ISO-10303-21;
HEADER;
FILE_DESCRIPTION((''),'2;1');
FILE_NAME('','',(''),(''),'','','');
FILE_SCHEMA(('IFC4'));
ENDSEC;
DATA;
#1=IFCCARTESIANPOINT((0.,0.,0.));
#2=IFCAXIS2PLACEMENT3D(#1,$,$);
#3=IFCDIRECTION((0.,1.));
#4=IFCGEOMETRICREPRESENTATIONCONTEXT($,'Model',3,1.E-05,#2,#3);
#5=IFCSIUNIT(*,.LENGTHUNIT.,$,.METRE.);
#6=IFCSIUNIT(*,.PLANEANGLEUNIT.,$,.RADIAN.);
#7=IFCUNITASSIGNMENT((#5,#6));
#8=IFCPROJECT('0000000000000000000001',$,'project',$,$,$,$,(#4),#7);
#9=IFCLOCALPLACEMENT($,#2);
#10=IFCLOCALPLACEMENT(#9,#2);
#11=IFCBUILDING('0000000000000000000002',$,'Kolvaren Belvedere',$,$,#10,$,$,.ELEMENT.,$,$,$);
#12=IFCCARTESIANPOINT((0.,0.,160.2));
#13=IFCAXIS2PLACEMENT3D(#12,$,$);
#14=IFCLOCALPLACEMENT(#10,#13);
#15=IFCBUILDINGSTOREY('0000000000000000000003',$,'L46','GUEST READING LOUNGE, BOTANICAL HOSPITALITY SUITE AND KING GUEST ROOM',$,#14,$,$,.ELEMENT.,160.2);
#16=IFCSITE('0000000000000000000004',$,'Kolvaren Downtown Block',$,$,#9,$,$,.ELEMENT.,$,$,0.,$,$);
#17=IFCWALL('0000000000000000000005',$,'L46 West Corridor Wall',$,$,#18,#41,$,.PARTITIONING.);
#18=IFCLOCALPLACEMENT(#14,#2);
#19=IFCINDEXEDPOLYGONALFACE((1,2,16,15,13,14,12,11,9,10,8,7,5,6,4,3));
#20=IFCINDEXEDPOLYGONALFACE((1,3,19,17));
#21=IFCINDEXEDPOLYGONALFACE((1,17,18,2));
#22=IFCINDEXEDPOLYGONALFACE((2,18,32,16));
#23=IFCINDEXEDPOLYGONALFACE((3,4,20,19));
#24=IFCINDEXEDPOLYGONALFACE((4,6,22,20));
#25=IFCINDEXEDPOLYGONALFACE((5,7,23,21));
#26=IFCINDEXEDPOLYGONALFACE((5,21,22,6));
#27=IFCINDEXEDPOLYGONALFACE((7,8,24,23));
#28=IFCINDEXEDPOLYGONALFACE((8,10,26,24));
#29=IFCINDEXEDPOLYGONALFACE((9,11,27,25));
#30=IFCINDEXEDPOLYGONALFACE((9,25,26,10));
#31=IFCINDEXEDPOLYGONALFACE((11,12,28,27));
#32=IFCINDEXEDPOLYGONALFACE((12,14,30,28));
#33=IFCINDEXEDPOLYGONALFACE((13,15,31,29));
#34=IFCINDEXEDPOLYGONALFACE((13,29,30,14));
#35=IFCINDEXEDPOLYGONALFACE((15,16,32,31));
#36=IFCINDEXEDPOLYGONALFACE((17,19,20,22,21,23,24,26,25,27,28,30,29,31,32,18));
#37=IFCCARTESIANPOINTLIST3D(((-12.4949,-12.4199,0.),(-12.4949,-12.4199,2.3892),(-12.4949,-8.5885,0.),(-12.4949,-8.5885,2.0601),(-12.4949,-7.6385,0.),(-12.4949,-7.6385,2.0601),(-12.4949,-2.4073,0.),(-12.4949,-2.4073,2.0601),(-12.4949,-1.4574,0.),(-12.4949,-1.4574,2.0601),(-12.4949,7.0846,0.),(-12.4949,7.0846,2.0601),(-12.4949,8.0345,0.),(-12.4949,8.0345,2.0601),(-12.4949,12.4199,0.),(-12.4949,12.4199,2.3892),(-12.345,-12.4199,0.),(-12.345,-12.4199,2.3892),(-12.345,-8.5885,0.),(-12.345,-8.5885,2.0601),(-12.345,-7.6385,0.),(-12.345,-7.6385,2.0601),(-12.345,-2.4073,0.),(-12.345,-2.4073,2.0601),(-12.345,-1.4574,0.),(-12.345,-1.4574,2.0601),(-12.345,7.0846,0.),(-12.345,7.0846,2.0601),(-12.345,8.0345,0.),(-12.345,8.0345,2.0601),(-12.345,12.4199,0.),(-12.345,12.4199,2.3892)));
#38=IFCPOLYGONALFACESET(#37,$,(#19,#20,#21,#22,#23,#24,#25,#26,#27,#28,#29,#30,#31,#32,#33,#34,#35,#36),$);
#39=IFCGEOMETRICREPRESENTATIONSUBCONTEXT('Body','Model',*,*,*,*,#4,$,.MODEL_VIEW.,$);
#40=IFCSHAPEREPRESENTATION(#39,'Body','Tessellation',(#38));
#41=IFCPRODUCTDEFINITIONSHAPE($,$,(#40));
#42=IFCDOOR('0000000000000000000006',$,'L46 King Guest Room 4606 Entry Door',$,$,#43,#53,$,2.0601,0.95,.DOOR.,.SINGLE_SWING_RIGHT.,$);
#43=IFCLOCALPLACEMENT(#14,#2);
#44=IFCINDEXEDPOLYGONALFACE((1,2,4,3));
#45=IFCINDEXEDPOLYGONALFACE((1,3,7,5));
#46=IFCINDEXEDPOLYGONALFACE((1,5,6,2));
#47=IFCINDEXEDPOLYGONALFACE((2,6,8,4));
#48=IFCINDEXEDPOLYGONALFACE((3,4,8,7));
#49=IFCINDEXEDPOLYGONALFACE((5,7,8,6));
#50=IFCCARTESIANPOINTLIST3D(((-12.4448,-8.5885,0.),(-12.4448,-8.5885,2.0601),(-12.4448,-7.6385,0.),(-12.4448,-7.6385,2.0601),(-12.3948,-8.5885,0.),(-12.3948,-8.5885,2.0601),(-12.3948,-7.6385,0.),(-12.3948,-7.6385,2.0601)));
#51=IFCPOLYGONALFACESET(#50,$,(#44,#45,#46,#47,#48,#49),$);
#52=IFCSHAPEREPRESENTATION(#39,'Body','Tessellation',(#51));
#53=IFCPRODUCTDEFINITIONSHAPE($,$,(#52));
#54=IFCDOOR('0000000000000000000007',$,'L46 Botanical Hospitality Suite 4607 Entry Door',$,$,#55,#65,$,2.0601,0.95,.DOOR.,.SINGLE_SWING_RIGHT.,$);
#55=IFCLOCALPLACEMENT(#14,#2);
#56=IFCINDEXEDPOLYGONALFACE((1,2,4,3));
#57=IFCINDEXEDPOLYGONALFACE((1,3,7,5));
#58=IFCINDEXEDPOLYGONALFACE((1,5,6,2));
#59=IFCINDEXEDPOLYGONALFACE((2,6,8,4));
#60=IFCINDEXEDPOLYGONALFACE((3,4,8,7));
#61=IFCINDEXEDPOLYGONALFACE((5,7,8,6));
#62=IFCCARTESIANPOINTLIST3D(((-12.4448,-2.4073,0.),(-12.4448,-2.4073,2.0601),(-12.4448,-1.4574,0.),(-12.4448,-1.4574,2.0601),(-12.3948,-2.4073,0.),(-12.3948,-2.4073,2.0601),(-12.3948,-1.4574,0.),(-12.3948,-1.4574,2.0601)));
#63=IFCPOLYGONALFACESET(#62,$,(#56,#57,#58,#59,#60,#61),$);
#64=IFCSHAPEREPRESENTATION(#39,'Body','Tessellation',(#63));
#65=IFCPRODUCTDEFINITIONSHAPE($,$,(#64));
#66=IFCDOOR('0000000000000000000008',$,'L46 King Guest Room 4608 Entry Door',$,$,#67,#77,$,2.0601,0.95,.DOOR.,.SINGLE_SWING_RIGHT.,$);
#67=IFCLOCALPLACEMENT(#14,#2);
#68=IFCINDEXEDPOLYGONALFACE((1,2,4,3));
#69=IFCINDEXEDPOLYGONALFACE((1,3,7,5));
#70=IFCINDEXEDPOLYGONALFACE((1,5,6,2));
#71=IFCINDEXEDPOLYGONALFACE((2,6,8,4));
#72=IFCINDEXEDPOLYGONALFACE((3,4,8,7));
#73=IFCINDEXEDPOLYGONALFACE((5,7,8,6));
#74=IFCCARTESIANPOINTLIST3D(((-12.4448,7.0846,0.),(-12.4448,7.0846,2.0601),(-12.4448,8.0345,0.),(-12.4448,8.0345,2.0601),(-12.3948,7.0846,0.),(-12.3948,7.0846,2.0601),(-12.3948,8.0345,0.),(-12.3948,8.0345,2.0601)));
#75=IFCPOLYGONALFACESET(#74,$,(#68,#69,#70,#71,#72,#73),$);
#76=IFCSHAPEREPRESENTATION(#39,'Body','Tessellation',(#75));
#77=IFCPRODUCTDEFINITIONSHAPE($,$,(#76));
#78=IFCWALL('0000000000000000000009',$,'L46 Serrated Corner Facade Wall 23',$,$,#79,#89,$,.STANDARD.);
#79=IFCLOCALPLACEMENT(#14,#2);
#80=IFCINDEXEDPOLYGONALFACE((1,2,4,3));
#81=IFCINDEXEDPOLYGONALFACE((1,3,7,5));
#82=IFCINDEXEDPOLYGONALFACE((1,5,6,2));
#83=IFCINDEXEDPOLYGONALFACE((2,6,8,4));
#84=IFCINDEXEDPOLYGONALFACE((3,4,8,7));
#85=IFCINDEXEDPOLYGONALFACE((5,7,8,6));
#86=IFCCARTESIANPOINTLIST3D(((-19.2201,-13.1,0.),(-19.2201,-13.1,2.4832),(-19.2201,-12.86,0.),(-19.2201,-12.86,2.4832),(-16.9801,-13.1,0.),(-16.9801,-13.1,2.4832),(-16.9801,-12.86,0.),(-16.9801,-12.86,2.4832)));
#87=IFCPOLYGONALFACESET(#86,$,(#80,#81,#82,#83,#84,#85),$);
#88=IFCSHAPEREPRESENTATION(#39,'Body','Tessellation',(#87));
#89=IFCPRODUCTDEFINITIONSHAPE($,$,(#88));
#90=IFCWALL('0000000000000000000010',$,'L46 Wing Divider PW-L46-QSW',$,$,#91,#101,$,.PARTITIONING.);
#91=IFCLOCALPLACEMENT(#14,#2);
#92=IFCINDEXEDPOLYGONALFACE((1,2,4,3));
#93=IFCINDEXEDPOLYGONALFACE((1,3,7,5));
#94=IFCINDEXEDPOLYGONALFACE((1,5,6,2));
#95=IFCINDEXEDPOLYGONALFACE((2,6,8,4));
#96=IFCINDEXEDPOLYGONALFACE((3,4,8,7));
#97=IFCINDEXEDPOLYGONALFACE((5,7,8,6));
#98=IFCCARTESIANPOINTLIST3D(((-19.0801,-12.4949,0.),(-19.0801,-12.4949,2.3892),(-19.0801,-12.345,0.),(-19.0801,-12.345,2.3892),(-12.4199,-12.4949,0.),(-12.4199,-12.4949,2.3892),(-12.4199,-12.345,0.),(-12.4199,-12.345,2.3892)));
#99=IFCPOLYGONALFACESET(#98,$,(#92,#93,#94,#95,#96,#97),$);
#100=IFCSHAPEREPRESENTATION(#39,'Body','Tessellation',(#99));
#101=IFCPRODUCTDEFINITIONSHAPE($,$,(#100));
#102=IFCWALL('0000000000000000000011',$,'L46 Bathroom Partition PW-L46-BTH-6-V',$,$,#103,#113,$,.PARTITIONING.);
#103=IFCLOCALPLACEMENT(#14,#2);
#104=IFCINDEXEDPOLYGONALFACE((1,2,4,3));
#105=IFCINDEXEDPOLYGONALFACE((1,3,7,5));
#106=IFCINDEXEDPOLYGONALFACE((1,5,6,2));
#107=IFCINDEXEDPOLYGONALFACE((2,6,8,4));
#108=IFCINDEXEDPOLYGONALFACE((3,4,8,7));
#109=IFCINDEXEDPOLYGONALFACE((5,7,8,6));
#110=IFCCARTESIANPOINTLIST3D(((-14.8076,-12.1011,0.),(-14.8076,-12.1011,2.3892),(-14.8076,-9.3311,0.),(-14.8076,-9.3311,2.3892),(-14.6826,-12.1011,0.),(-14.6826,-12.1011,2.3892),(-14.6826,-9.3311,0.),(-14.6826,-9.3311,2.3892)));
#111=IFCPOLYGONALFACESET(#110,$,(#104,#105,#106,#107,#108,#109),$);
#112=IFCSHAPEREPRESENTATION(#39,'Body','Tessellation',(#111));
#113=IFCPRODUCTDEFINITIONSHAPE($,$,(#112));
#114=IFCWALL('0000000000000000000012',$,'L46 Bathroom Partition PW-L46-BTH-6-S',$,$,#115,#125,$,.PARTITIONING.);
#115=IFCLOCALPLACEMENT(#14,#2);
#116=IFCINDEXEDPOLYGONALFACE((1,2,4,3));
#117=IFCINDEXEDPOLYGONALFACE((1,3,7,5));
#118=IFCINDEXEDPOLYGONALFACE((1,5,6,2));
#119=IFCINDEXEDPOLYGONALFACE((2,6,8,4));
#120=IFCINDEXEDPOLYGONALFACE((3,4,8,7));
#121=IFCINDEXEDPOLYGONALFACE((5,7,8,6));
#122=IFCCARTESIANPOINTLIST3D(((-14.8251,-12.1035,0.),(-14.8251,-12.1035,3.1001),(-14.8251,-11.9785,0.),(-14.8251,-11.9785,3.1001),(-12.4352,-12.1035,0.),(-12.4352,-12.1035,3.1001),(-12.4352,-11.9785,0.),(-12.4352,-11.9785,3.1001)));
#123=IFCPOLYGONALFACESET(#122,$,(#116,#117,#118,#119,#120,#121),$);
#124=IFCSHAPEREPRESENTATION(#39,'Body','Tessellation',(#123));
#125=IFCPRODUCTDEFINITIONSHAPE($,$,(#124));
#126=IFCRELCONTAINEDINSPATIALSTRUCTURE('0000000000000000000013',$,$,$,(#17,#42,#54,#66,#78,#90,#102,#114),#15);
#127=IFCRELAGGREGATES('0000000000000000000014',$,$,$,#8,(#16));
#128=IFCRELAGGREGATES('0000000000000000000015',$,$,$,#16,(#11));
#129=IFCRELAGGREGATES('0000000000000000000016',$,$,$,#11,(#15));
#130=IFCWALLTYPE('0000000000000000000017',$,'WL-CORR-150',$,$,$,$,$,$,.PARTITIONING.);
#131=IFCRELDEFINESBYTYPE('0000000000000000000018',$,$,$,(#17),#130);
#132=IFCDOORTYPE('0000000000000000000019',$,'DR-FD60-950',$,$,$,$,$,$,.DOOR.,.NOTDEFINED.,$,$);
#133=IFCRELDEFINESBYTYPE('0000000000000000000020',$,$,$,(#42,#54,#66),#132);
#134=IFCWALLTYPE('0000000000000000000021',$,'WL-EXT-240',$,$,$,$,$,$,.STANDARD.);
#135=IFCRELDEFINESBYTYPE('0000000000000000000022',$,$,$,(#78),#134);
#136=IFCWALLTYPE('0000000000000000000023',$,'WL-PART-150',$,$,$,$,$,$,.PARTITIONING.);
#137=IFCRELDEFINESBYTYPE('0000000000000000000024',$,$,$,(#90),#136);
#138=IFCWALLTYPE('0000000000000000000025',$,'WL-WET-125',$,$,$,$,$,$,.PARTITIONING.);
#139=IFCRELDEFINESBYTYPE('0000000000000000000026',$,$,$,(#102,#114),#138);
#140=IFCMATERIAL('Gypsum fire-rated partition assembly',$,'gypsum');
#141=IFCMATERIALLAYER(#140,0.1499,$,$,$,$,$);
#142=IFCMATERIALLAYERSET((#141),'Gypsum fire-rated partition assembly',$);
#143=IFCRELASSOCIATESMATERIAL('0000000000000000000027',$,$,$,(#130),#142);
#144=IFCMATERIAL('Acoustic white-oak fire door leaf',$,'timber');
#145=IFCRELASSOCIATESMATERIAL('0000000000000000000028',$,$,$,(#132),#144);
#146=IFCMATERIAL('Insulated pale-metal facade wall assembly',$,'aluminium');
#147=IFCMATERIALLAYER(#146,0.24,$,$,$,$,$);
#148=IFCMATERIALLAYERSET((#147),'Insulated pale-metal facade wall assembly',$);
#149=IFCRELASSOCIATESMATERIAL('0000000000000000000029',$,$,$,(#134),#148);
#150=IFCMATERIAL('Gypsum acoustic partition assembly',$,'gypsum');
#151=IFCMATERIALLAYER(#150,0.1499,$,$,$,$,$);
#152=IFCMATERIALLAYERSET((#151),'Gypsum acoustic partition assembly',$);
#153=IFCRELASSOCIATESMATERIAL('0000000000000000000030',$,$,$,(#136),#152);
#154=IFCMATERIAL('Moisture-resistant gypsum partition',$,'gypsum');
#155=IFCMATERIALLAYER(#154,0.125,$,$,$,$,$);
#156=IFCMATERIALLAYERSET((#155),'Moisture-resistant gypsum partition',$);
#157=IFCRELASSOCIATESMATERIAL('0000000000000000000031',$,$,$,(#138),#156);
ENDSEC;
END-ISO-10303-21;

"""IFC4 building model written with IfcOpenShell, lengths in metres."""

from ifc_helpers import new_model, si_unit, direction, frame, frame_2d, origin, place, context, subcontext, project, spatial, rectangle, extrude, material, layer, layer_set, type_object, element, fill, save


model = new_model("IFC4")

# Units and contexts
model_context = context("Model", 3, precision=1e-05, world=origin(), true_north=direction((0.0, 1.0)))
body_context = subcontext(model_context, "Body", "Model", "MODEL_VIEW")
ifc_project = project(units=[si_unit("LENGTHUNIT", "METRE"), si_unit("PLANEANGLEUNIT", "RADIAN")], contexts=[model_context])

# Site, building, storey
site_placement = place(None, origin())
site = spatial("IfcSite", under=ifc_project, at=site_placement, Name="Kolvaren Downtown Block", CompositionType="ELEMENT", RefElevation=0.0)
building_placement = place(site_placement, origin())
building = spatial("IfcBuilding", under=site, at=building_placement, Name="Kolvaren Belvedere", CompositionType="ELEMENT")
storey_placement = place(building_placement, frame((0.0, 0.0, 160.2)))
storey = spatial("IfcBuildingStorey", under=building, at=storey_placement, Name="L46", Description="GUEST READING LOUNGE, BOTANICAL HOSPITALITY SUITE AND KING GUEST ROOM", CompositionType="ELEMENT", Elevation=160.2)

# Wall, openings, doors
ifc_material_1 = material(Name="Gypsum fire-rated partition assembly", Category="gypsum")
ifc_layer_1 = layer(ifc_material_1, 0.1499)
ifc_layer_set_1 = layer_set([ifc_layer_1], Name="Gypsum fire-rated partition assembly")
wall_type_1 = type_object("IfcWallType", Name="WL-CORR-150", PredefinedType="PARTITIONING", material=ifc_layer_set_1)
wall_1_placement = place(storey_placement, frame((-12.4199, -12.4199, 0.0), z_axis=(0.0, 0.0, 1.0), x_axis=(0.0, 1.0, 0.0)))
wall_1 = element("IfcWall", 1, at=wall_1_placement, inside=storey, type_object=wall_type_1, Name="L46 West Corridor Wall", PredefinedType="PARTITIONING", context=body_context, shape_type="SweptSolid", body=[
    extrude(rectangle(XDim=24.8398, YDim=0.1499, at=frame_2d((12.4199, 0.0))), origin(), (0.0, 0.0, 1.0), 2.3892),
])
opening_1_placement = place(wall_1_placement, frame((3.8313, 0.0, 0.0)))
opening_1 = element("IfcOpeningElement", 2, at=opening_1_placement, cuts=wall_1, PredefinedType="OPENING", context=body_context, shape_type="SweptSolid", body=[
    extrude(rectangle(XDim=0.95, YDim=2.0601, at=frame_2d((0.4751, 1.03))), frame((0.0, 0.085, 0.0), z_axis=(0.0, -1.0, 0.0), x_axis=(1.0, 0.0, 0.0)), (0.0, 0.0, 1.0), 0.1699),
])
opening_2_placement = place(wall_1_placement, frame((10.0125, 0.0, 0.0)))
opening_2 = element("IfcOpeningElement", 3, at=opening_2_placement, cuts=wall_1, PredefinedType="OPENING", context=body_context, shape_type="SweptSolid", body=[
    extrude(rectangle(XDim=0.95, YDim=2.0601, at=frame_2d((0.4751, 1.03))), frame((0.0, 0.085, 0.0), z_axis=(0.0, -1.0, 0.0), x_axis=(1.0, 0.0, 0.0)), (0.0, 0.0, 1.0), 0.1699),
])
opening_3_placement = place(wall_1_placement, frame((19.5044, 0.0, 0.0)))
opening_3 = element("IfcOpeningElement", 4, at=opening_3_placement, cuts=wall_1, PredefinedType="OPENING", context=body_context, shape_type="SweptSolid", body=[
    extrude(rectangle(XDim=0.95, YDim=2.0601, at=frame_2d((0.4751, 1.03))), frame((0.0, 0.085, 0.0), z_axis=(0.0, -1.0, 0.0), x_axis=(1.0, 0.0, 0.0)), (0.0, 0.0, 1.0), 0.1699),
])
ifc_material_2 = material(Name="Acoustic white-oak fire door leaf", Category="timber")
door_type_1 = type_object("IfcDoorType", Name="DR-FD60-950", OperationType="NOTDEFINED", PredefinedType="DOOR", material=ifc_material_2)
door_1_placement = place(opening_1_placement, origin())
door_1 = element("IfcDoor", 5, at=door_1_placement, inside=storey, type_object=door_type_1, Name="L46 King Guest Room 4606 Entry Door", OperationType="SINGLE_SWING_RIGHT", OverallHeight=2.0601, OverallWidth=0.95, PredefinedType="DOOR", context=body_context, shape_type="SweptSolid", body=[
    extrude(rectangle(XDim=0.95, YDim=2.0601, at=frame_2d((0.4751, 1.03))), frame((0.0, 0.0249, 0.0), z_axis=(0.0, -1.0, 0.0), x_axis=(1.0, 0.0, 0.0)), (0.0, 0.0, 1.0), 0.05),
])
fill(opening_1, door_1)
door_2_placement = place(opening_2_placement, origin())
door_2 = element("IfcDoor", 6, at=door_2_placement, inside=storey, type_object=door_type_1, Name="L46 Botanical Hospitality Suite 4607 Entry Door", OperationType="SINGLE_SWING_RIGHT", OverallHeight=2.0601, OverallWidth=0.95, PredefinedType="DOOR", context=body_context, shape_type="SweptSolid", body=[
    extrude(rectangle(XDim=0.95, YDim=2.0601, at=frame_2d((0.4751, 1.03))), frame((0.0, 0.0249, 0.0), z_axis=(0.0, -1.0, 0.0), x_axis=(1.0, 0.0, 0.0)), (0.0, 0.0, 1.0), 0.05),
])
fill(opening_2, door_2)
door_3_placement = place(opening_3_placement, origin())
door_3 = element("IfcDoor", 7, at=door_3_placement, inside=storey, type_object=door_type_1, Name="L46 King Guest Room 4608 Entry Door", OperationType="SINGLE_SWING_RIGHT", OverallHeight=2.0601, OverallWidth=0.95, PredefinedType="DOOR", context=body_context, shape_type="SweptSolid", body=[
    extrude(rectangle(XDim=0.95, YDim=2.0601, at=frame_2d((0.4751, 1.03))), frame((0.0, 0.0249, 0.0), z_axis=(0.0, -1.0, 0.0), x_axis=(1.0, 0.0, 0.0)), (0.0, 0.0, 1.0), 0.05),
])
fill(opening_3, door_3)

# Walls
ifc_material_3 = material(Name="Insulated pale-metal facade wall assembly", Category="aluminium")
ifc_layer_2 = layer(ifc_material_3, 0.24)
ifc_layer_set_2 = layer_set([ifc_layer_2], Name="Insulated pale-metal facade wall assembly")
wall_type_2 = type_object("IfcWallType", Name="WL-EXT-240", PredefinedType="STANDARD", material=ifc_layer_set_2)
wall_2_placement = place(storey_placement, frame((-16.98, -12.98, 0.0), z_axis=(0.0, 0.0, 1.0), x_axis=(-1.0, 0.0, 0.0)))
element("IfcWall", 8, at=wall_2_placement, inside=storey, type_object=wall_type_2, Name="L46 Serrated Corner Facade Wall 23", PredefinedType="STANDARD", context=body_context, shape_type="SweptSolid", body=[
    extrude(rectangle(XDim=2.24, YDim=0.24, at=frame_2d((1.1201, 0.0))), origin(), (0.0, 0.0, 1.0), 2.4832),
])
ifc_material_4 = material(Name="Gypsum acoustic partition assembly", Category="gypsum")
ifc_layer_3 = layer(ifc_material_4, 0.1499)
ifc_layer_set_3 = layer_set([ifc_layer_3], Name="Gypsum acoustic partition assembly")
wall_type_3 = type_object("IfcWallType", Name="WL-PART-150", PredefinedType="PARTITIONING", material=ifc_layer_set_3)
wall_3_placement = place(storey_placement, frame((-19.0801, -12.4199, 0.0), z_axis=(0.0, 0.0, 1.0), x_axis=(1.0, 0.0, 0.0)))
element("IfcWall", 9, at=wall_3_placement, inside=storey, type_object=wall_type_3, Name="L46 Wing Divider PW-L46-QSW", PredefinedType="PARTITIONING", context=body_context, shape_type="SweptSolid", body=[
    extrude(rectangle(XDim=6.6602, YDim=0.1499, at=frame_2d((3.3301, 0.0))), origin(), (0.0, 0.0, 1.0), 2.3892),
])
ifc_material_5 = material(Name="Moisture-resistant gypsum partition", Category="gypsum")
ifc_layer_4 = layer(ifc_material_5, 0.125)
ifc_layer_set_4 = layer_set([ifc_layer_4], Name="Moisture-resistant gypsum partition")
wall_type_4 = type_object("IfcWallType", Name="WL-WET-125", PredefinedType="PARTITIONING", material=ifc_layer_set_4)
wall_4_placement = place(storey_placement, frame((-14.7451, -12.1011, 0.0), z_axis=(0.0, 0.0, 1.0), x_axis=(0.0, 1.0, 0.0)))
element("IfcWall", 10, at=wall_4_placement, inside=storey, type_object=wall_type_4, Name="L46 Bathroom Partition PW-L46-BTH-6-V", PredefinedType="PARTITIONING", context=body_context, shape_type="SweptSolid", body=[
    extrude(rectangle(XDim=2.77, YDim=0.125, at=frame_2d((1.385, 0.0))), origin(), (0.0, 0.0, 1.0), 2.3892),
])
wall_5_placement = place(storey_placement, frame((-14.825, -12.041, 0.0), z_axis=(0.0, 0.0, 1.0), x_axis=(1.0, 0.0, 0.0)))
element("IfcWall", 11, at=wall_5_placement, inside=storey, type_object=wall_type_4, Name="L46 Bathroom Partition PW-L46-BTH-6-S", PredefinedType="PARTITIONING", context=body_context, shape_type="SweptSolid", body=[
    extrude(rectangle(XDim=2.3899, YDim=0.125, at=frame_2d((1.1948, 0.0))), origin(), (0.0, 0.0, 1.0), 3.1001),
])

save(model, "model.ifc")
